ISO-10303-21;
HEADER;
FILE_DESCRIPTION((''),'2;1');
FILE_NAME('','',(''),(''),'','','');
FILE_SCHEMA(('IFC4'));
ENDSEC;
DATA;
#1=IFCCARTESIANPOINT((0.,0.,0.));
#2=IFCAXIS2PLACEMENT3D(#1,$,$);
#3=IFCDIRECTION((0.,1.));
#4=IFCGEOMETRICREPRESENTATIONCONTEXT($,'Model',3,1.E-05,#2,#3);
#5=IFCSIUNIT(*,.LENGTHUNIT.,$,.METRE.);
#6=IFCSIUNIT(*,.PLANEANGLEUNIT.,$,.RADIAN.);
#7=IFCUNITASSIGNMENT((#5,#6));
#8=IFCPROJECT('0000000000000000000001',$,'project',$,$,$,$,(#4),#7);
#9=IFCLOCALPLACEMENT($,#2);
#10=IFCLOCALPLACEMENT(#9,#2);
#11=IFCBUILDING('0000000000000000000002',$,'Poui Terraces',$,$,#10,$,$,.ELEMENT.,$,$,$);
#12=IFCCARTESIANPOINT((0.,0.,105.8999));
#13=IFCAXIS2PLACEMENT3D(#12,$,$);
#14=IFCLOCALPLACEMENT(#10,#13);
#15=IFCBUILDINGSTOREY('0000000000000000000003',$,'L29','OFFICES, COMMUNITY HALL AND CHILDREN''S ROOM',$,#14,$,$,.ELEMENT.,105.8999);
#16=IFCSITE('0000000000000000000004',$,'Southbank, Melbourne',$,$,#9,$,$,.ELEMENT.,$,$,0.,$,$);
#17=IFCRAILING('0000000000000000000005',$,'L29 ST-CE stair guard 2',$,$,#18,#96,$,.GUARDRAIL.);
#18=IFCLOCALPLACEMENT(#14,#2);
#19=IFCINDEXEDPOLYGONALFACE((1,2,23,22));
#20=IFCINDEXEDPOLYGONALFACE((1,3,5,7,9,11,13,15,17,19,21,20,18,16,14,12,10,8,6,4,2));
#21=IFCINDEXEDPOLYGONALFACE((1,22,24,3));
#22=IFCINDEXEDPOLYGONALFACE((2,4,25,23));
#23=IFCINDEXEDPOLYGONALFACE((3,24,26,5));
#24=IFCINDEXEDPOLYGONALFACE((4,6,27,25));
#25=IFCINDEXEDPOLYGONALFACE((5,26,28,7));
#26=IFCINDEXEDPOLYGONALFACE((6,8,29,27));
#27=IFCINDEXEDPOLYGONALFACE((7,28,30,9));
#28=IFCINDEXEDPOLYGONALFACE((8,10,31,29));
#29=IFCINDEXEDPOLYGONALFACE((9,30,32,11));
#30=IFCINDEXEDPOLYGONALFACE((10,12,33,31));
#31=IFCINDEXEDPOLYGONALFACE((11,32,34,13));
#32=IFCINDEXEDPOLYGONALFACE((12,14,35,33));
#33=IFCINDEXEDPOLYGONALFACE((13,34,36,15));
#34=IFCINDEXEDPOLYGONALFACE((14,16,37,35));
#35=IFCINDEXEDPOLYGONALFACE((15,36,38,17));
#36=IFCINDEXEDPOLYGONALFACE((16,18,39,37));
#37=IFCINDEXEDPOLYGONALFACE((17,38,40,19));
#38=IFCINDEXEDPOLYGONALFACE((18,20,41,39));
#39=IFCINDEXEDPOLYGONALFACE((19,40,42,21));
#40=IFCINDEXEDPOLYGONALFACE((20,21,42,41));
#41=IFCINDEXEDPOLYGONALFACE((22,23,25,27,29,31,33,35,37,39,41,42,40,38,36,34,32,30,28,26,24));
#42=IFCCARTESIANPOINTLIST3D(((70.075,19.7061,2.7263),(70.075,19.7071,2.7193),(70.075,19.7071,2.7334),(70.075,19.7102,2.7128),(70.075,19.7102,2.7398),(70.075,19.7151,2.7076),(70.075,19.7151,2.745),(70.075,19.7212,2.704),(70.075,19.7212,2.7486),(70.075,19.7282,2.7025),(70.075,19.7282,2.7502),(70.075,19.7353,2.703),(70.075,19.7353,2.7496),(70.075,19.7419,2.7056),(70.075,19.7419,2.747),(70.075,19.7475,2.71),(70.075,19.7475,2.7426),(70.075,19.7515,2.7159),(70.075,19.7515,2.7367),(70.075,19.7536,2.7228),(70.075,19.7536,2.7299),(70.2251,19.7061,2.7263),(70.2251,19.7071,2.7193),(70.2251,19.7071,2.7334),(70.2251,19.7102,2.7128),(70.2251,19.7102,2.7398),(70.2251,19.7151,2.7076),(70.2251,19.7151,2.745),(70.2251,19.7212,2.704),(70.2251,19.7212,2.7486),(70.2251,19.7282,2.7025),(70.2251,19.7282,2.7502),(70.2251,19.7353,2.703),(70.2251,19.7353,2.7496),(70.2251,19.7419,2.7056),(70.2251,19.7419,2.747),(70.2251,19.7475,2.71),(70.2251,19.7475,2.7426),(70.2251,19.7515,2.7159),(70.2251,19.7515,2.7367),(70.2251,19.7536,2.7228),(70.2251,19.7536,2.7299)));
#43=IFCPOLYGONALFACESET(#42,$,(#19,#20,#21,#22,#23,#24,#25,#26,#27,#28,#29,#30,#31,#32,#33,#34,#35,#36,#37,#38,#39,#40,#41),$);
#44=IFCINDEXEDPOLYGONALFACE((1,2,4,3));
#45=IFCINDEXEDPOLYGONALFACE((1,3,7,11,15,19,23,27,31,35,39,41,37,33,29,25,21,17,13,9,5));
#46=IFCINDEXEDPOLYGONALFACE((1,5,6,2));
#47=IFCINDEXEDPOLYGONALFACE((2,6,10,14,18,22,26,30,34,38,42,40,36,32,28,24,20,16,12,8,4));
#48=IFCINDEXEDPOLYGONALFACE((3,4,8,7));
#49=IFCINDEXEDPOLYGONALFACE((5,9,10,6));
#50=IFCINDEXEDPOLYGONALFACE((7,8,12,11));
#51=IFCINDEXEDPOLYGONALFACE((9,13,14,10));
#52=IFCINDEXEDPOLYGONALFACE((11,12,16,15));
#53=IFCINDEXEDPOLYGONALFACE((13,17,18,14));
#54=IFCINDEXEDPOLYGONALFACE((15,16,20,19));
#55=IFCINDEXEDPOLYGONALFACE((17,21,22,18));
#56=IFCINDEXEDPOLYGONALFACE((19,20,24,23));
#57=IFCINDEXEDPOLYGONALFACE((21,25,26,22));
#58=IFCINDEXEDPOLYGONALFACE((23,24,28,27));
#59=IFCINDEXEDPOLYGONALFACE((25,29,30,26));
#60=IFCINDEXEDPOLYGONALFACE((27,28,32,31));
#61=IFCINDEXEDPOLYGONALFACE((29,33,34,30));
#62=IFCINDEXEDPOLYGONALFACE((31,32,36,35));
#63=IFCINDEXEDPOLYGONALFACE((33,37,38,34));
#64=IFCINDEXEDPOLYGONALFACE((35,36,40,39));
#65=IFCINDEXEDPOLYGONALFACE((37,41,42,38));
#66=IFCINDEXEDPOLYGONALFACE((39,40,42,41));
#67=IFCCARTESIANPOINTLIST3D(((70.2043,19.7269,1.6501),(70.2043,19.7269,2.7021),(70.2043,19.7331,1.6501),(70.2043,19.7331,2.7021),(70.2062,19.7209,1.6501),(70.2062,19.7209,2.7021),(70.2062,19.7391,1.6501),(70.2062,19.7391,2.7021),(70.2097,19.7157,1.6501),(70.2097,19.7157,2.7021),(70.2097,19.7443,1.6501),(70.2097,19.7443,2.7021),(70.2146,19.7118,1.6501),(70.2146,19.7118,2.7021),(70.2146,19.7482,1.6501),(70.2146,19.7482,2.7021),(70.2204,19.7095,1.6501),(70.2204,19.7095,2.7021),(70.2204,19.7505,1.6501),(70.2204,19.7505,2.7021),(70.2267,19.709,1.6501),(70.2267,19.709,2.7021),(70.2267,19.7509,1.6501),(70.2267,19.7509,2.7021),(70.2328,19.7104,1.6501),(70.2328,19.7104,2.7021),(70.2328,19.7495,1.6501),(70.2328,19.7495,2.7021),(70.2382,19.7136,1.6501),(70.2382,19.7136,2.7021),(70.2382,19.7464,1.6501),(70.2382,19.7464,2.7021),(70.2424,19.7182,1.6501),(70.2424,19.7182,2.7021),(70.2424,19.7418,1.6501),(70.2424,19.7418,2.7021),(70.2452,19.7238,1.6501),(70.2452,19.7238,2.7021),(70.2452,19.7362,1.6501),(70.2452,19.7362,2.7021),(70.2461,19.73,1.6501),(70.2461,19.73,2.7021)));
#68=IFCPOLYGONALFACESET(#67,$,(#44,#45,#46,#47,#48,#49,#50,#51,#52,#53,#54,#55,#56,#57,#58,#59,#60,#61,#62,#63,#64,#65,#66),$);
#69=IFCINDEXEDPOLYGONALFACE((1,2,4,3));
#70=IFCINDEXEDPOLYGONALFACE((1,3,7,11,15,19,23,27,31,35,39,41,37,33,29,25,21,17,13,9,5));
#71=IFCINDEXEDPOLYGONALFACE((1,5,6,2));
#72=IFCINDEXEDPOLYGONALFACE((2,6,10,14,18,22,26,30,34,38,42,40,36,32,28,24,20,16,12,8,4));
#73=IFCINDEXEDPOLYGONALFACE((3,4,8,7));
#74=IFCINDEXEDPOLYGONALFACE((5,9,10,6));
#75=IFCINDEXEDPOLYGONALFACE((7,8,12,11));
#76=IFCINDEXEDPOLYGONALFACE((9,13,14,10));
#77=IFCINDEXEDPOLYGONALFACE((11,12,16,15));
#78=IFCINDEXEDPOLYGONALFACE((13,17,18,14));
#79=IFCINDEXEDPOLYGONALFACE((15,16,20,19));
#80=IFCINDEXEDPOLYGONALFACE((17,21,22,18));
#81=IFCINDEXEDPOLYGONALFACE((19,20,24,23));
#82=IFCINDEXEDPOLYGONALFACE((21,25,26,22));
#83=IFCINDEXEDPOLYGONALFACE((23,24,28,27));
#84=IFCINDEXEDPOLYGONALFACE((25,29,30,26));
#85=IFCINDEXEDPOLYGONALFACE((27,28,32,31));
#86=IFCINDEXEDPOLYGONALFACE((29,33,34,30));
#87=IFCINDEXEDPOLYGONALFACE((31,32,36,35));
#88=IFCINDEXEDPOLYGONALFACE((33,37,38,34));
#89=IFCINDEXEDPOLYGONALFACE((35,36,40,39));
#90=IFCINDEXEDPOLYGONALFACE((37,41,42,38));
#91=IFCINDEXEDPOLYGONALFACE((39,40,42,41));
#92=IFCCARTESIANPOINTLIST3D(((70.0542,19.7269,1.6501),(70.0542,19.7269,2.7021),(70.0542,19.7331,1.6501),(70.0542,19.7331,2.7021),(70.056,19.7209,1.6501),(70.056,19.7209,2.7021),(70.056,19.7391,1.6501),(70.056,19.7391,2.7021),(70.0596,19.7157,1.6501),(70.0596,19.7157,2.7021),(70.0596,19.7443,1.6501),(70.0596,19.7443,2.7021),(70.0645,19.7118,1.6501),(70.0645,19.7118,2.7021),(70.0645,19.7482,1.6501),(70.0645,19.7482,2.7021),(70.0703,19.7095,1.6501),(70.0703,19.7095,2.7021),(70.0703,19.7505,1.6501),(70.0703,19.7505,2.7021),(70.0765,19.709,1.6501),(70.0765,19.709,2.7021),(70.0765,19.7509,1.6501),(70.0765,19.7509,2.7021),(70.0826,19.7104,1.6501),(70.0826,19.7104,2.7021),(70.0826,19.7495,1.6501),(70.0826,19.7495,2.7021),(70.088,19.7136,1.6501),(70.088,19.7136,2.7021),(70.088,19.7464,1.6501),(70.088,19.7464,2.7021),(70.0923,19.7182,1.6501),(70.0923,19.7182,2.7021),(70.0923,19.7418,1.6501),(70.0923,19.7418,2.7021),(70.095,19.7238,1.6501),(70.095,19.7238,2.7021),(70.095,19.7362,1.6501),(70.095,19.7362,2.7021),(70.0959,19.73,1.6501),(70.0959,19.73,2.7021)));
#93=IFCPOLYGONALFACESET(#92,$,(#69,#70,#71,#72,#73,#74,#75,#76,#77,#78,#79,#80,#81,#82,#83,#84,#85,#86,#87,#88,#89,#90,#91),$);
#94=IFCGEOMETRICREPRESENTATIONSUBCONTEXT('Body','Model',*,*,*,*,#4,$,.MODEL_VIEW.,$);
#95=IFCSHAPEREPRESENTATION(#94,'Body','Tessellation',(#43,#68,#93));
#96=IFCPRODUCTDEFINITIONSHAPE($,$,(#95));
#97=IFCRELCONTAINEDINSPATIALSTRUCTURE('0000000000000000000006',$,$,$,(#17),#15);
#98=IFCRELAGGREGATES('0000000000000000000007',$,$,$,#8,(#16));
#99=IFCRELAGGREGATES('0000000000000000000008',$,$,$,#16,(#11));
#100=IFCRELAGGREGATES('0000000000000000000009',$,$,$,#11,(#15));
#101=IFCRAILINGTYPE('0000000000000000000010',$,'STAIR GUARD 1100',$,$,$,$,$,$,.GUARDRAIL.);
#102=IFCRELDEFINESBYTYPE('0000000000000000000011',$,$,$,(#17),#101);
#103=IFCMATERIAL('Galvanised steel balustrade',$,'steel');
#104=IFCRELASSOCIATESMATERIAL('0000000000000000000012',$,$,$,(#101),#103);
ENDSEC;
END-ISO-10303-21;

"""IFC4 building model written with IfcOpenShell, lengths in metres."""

from ifc_helpers import new_model, si_unit, direction, frame, origin, origin_2d, place, context, subcontext, project, spatial, circle, extrude, material, type_object, element, save


model = new_model("IFC4")

# Units and contexts
model_context = context("Model", 3, precision=1e-05, world=origin(), true_north=direction((0.0, 1.0)))
body_context = subcontext(model_context, "Body", "Model", "MODEL_VIEW")
ifc_project = project(units=[si_unit("LENGTHUNIT", "METRE"), si_unit("PLANEANGLEUNIT", "RADIAN")], contexts=[model_context])

# Site, building, storey
site_placement = place(None, origin())
site = spatial("IfcSite", under=ifc_project, at=site_placement, Name="Southbank, Melbourne", CompositionType="ELEMENT", RefElevation=0.0)
building_placement = place(site_placement, origin())
building = spatial("IfcBuilding", under=site, at=building_placement, Name="Poui Terraces", CompositionType="ELEMENT")
storey_placement = place(building_placement, frame((0.0, 0.0, 105.8999)))
storey = spatial("IfcBuildingStorey", under=building, at=storey_placement, Name="L29", Description="OFFICES, COMMUNITY HALL AND CHILDREN'S ROOM", CompositionType="ELEMENT", Elevation=105.8999)

# Railing
ifc_material_1 = material(Name="Galvanised steel balustrade", Category="steel")
railing_type_1 = type_object("IfcRailingType", Name="STAIR GUARD 1100", PredefinedType="GUARDRAIL", material=ifc_material_1)
railing_1_placement = place(storey_placement, frame((70.2251, 19.73, 1.6501)))
element("IfcRailing", 1, at=railing_1_placement, inside=storey, type_object=railing_type_1, Name="L29 ST-CE stair guard 2", PredefinedType="GUARDRAIL", context=body_context, shape_type="SweptSolid", body=[
    extrude(circle(Radius=0.0239, at=origin_2d()), frame((0.0, 0.0, 1.0762), z_axis=(-1.0, 0.0, 0.0), x_axis=(0.0, -1.0, 0.0)), (0.0, 0.0, 1.0), 0.1501),
    extrude(circle(Radius=0.021, at=origin_2d()), origin(), (0.0, 0.0, 1.0), 1.052),
    extrude(circle(Radius=0.021, at=origin_2d()), frame((-0.1501, 0.0, 0.0)), (0.0, 0.0, 1.0), 1.052),
])

save(model, "model.ifc")
